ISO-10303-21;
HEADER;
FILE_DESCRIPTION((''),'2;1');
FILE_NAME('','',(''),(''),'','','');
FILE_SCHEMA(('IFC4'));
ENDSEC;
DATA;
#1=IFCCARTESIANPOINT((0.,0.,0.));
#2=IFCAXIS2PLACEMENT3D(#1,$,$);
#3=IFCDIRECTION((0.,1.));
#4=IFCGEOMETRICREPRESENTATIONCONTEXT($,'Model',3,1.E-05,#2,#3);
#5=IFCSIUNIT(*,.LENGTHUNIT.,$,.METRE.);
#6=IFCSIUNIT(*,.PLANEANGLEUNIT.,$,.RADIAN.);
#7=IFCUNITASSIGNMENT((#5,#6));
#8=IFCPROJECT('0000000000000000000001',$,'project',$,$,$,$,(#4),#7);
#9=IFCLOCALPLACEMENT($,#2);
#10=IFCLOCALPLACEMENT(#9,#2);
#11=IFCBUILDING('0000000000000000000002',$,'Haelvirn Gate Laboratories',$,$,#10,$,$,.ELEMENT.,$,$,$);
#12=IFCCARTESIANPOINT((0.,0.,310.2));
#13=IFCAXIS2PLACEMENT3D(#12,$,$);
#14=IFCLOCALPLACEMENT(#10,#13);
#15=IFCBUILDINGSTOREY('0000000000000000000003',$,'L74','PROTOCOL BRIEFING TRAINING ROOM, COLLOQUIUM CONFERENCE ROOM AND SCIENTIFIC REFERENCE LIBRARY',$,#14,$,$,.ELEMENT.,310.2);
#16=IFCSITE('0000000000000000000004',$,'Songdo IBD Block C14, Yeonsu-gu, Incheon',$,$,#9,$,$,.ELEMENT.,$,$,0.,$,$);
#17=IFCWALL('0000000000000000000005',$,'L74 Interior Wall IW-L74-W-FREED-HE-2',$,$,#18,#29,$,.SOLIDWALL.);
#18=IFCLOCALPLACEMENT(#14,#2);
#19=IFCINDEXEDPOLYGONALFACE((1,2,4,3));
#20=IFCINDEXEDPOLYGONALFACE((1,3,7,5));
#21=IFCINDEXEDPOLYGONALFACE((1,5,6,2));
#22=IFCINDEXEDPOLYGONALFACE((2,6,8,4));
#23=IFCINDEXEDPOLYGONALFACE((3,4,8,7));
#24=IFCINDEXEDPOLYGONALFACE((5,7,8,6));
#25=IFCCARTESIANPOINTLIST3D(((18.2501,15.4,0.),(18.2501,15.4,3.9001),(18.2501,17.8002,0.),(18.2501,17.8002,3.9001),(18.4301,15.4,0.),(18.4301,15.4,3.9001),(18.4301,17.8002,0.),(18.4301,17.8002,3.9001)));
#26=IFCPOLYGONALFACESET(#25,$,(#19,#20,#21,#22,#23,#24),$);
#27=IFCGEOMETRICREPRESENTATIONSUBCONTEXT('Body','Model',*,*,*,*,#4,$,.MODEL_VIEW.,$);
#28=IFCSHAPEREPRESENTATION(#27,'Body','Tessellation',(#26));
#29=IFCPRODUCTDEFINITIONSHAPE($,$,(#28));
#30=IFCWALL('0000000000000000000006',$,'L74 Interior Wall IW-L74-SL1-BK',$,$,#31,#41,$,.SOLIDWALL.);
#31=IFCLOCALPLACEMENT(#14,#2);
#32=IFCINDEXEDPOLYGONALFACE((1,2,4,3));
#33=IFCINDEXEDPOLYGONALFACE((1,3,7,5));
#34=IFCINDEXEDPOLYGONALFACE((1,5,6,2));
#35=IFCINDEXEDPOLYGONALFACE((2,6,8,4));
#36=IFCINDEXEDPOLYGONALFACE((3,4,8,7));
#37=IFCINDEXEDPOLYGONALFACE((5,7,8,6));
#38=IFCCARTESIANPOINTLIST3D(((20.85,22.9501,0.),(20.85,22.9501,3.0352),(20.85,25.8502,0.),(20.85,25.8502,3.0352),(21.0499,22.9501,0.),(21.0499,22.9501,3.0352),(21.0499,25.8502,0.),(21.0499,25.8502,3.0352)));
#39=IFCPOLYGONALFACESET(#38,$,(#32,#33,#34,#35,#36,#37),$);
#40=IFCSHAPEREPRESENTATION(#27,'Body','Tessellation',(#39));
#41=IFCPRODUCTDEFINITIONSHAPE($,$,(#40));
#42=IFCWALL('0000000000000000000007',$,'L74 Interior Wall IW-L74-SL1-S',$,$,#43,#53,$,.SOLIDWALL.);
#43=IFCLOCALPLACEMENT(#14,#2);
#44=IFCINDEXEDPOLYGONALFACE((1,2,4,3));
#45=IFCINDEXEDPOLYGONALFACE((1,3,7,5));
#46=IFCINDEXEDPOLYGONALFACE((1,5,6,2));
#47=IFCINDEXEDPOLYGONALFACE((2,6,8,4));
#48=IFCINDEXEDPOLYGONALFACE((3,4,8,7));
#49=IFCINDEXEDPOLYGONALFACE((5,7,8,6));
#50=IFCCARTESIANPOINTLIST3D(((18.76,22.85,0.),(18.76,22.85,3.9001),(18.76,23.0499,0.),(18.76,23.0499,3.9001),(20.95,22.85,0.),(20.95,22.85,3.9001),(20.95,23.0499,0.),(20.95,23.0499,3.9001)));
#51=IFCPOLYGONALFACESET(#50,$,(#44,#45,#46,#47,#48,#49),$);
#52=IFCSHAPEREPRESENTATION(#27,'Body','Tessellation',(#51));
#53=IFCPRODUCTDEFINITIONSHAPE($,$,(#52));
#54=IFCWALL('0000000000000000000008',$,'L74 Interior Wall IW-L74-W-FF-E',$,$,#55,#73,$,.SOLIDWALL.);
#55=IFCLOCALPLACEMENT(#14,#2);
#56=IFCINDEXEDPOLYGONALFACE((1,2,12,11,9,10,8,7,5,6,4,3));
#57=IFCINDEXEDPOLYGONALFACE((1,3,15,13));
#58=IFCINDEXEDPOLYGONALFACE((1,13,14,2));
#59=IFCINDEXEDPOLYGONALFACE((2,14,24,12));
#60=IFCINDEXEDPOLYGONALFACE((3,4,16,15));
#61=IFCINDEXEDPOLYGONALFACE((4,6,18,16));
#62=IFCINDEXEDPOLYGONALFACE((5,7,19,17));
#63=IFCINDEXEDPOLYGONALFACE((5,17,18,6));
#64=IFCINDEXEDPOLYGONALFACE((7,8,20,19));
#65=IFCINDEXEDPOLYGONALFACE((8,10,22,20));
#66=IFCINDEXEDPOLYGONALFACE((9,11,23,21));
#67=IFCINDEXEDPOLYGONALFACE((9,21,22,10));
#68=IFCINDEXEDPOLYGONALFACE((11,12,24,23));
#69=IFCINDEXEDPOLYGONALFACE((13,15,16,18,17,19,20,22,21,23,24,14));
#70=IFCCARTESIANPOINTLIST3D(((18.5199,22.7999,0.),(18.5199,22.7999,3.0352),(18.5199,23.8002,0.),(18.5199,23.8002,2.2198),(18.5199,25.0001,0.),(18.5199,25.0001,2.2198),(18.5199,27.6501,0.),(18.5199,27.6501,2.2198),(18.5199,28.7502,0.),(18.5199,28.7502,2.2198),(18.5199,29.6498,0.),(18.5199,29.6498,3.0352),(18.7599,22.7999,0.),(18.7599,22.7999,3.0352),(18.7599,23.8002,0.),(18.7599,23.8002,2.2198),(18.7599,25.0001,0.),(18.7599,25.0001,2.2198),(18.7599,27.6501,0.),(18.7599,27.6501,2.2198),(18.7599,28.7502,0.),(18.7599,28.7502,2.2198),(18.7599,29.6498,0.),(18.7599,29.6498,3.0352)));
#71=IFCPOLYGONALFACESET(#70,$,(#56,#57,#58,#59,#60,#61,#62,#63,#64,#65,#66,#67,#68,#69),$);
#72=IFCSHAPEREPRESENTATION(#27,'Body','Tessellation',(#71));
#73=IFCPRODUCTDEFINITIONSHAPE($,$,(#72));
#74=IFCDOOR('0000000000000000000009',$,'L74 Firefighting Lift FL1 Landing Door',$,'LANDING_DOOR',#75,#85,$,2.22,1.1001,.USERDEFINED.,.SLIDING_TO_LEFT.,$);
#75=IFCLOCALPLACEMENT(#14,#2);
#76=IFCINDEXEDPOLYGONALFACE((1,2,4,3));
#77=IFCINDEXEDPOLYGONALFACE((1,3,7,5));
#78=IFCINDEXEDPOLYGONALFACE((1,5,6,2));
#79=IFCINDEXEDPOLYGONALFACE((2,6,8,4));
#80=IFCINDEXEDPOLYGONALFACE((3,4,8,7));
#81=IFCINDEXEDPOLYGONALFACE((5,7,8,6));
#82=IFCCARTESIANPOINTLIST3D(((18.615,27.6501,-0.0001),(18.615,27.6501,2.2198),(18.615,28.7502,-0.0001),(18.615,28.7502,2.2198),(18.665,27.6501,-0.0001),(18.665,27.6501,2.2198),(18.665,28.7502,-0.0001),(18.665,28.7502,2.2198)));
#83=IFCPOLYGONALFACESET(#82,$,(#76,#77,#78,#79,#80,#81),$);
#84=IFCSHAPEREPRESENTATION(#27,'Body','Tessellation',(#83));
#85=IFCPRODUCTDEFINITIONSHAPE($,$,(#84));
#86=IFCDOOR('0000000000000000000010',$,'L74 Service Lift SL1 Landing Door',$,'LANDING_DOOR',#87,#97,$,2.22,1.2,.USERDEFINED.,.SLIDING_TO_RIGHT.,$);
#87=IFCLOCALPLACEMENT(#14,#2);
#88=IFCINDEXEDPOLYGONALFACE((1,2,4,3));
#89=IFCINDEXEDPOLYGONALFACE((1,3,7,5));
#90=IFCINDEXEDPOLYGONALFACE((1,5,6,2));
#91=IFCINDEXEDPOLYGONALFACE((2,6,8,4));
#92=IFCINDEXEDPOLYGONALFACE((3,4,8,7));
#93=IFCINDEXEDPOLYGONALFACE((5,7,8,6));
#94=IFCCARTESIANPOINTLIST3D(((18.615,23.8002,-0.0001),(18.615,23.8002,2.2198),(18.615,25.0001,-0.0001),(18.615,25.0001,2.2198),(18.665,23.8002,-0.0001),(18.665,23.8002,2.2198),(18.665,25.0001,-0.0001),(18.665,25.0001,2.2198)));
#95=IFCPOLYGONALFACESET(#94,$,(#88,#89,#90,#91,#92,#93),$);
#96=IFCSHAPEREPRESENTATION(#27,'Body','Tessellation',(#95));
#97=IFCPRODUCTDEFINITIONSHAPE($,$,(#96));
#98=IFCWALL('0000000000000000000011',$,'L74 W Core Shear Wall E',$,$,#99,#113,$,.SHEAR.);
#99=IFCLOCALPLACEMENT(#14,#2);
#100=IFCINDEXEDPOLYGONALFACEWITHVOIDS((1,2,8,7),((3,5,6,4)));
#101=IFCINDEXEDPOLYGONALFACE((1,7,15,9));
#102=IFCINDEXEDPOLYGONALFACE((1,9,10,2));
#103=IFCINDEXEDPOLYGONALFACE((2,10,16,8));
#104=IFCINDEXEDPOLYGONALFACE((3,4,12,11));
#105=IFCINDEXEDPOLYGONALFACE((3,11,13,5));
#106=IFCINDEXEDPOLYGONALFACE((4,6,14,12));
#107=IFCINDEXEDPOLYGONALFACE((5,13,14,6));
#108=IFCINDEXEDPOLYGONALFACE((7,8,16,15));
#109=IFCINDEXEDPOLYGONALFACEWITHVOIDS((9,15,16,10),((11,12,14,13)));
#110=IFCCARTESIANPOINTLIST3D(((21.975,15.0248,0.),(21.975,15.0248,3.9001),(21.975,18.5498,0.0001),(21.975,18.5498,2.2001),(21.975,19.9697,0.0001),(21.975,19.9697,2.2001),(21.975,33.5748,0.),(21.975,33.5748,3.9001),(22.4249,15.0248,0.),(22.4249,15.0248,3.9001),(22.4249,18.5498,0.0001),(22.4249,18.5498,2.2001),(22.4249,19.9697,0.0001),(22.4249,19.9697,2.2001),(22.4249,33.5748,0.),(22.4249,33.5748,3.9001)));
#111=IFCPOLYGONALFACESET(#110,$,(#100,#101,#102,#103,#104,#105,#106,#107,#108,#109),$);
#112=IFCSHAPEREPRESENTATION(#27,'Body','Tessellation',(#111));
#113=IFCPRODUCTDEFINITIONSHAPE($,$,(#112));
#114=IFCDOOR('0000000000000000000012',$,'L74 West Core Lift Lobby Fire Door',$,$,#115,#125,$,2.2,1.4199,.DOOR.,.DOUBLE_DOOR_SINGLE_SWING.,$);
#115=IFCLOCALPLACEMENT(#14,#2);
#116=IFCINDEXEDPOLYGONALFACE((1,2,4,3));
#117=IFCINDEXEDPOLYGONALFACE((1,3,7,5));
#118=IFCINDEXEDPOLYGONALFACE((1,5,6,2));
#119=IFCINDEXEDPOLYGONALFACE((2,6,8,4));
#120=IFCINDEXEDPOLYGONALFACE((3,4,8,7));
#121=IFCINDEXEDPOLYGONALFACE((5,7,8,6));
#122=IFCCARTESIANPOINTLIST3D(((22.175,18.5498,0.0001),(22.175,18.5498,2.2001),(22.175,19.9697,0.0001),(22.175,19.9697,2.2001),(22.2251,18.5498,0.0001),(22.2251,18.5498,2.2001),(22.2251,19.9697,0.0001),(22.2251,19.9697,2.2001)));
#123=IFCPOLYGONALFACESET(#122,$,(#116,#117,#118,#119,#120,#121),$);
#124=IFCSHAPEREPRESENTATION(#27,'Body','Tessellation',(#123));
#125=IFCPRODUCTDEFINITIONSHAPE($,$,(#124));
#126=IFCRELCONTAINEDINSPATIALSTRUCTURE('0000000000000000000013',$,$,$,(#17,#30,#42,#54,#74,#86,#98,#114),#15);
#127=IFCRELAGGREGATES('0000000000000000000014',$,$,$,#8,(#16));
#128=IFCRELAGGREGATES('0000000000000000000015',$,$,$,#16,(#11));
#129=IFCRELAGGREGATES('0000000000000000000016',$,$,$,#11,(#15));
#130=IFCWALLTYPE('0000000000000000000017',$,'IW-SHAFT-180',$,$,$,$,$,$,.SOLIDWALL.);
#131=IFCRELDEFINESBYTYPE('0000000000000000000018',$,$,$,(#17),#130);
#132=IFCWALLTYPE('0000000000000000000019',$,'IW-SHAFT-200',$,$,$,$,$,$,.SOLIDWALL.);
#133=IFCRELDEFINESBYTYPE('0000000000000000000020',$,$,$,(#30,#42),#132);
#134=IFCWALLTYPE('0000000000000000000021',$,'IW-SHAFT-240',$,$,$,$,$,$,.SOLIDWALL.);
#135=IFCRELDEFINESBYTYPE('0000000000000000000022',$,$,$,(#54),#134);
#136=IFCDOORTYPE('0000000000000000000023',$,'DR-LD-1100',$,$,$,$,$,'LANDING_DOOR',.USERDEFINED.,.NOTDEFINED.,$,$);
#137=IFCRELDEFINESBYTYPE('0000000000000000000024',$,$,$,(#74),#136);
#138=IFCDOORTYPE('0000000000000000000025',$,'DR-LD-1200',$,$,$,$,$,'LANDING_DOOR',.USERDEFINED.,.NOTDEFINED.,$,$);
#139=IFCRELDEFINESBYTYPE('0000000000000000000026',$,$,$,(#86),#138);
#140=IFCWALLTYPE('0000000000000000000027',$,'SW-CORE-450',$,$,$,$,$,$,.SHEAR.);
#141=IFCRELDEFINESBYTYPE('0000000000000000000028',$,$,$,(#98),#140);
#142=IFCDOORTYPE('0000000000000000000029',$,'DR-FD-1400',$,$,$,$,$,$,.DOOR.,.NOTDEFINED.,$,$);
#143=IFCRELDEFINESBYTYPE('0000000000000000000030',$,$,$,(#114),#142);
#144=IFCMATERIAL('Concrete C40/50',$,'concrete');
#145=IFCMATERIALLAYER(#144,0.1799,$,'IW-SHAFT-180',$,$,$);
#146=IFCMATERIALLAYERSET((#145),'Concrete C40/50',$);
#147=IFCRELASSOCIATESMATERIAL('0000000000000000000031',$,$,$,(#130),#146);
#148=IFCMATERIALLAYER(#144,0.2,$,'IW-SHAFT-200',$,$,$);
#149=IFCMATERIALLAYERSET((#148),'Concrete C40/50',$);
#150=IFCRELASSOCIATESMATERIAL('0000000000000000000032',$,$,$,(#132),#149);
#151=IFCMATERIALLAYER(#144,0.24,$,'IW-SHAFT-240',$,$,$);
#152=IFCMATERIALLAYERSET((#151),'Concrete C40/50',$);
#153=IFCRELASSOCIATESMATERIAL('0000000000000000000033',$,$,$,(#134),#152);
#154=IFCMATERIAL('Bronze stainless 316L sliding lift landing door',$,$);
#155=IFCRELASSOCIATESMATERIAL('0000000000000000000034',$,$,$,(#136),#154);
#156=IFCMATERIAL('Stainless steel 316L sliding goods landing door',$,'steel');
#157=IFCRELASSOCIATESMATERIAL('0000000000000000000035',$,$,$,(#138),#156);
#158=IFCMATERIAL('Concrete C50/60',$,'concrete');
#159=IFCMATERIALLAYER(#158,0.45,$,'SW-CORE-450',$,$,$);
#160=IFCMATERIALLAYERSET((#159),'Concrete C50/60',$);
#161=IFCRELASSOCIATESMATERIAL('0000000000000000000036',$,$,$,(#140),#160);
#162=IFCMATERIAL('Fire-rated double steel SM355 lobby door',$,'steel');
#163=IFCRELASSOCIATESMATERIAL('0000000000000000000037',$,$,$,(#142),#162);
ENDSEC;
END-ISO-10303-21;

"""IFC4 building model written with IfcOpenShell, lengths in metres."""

from ifc_helpers import new_model, si_unit, direction, frame, frame_2d, origin, place, context, subcontext, project, spatial, rectangle, extrude, source, transform, mapped, material, layer, layer_set, type_object, type_shapes, element, fill, save


model = new_model("IFC4")

# Units and contexts
model_context = context("Model", 3, precision=1e-05, world=origin(), true_north=direction((0.0, 1.0)))
body_context = subcontext(model_context, "Body", "Model", "MODEL_VIEW")
ifc_project = project(units=[si_unit("LENGTHUNIT", "METRE"), si_unit("PLANEANGLEUNIT", "RADIAN")], contexts=[model_context])

# Site, building, storey
site_placement = place(None, origin())
site = spatial("IfcSite", under=ifc_project, at=site_placement, Name="Songdo IBD Block C14, Yeonsu-gu, Incheon", CompositionType="ELEMENT", RefElevation=0.0)
building_placement = place(site_placement, origin())
building = spatial("IfcBuilding", under=site, at=building_placement, Name="Haelvirn Gate Laboratories", CompositionType="ELEMENT")
storey_placement = place(building_placement, frame((0.0, 0.0, 310.2)))
storey = spatial("IfcBuildingStorey", under=building, at=storey_placement, Name="L74", Description="PROTOCOL BRIEFING TRAINING ROOM, COLLOQUIUM CONFERENCE ROOM AND SCIENTIFIC REFERENCE LIBRARY", CompositionType="ELEMENT", Elevation=310.2)

# Shared definitions
ifc_material_1 = material(Name="Concrete C50/60", Category="concrete")

# Walls
ifc_material_2 = material(Name="Concrete C40/50", Category="concrete")
ifc_layer_1 = layer(ifc_material_2, 0.1799, Name="IW-SHAFT-180")
ifc_layer_set_1 = layer_set([ifc_layer_1], Name="Concrete C40/50")
wall_type_1 = type_object("IfcWallType", Name="IW-SHAFT-180", PredefinedType="SOLIDWALL", material=ifc_layer_set_1)
wall_1_placement = place(storey_placement, frame((18.3401, 15.3999, 0.0), z_axis=(0.0, 0.0, 1.0), x_axis=(0.0, 1.0, 0.0)))
element("IfcWall", 1, at=wall_1_placement, inside=storey, type_object=wall_type_1, Name="L74 Interior Wall IW-L74-W-FREED-HE-2", PredefinedType="SOLIDWALL", context=body_context, shape_type="SweptSolid", body=[
    extrude(rectangle(XDim=2.4001, YDim=0.1799, at=frame_2d((1.2002, 0.0))), origin(), (0.0, 0.0, 1.0), 3.9001),
])
ifc_layer_2 = layer(ifc_material_2, 0.2, Name="IW-SHAFT-200")
ifc_layer_set_2 = layer_set([ifc_layer_2], Name="Concrete C40/50")
wall_type_2 = type_object("IfcWallType", Name="IW-SHAFT-200", PredefinedType="SOLIDWALL", material=ifc_layer_set_2)
wall_2_placement = place(storey_placement, frame((20.95, 22.95, 0.0), z_axis=(0.0, 0.0, 1.0), x_axis=(0.0, 1.0, 0.0)))
element("IfcWall", 2, at=wall_2_placement, inside=storey, type_object=wall_type_2, Name="L74 Interior Wall IW-L74-SL1-BK", PredefinedType="SOLIDWALL", context=body_context, shape_type="SweptSolid", body=[
    extrude(rectangle(XDim=2.9001, YDim=0.2, at=frame_2d((1.4502, 0.0))), origin(), (0.0, 0.0, 1.0), 3.0352),
])
wall_3_placement = place(storey_placement, frame((18.76, 22.95, 0.0), z_axis=(0.0, 0.0, 1.0), x_axis=(1.0, 0.0, 0.0)))
element("IfcWall", 3, at=wall_3_placement, inside=storey, type_object=wall_type_2, Name="L74 Interior Wall IW-L74-SL1-S", PredefinedType="SOLIDWALL", context=body_context, shape_type="SweptSolid", body=[
    extrude(rectangle(XDim=2.1899, YDim=0.2, at=frame_2d((1.095, 0.0))), origin(), (0.0, 0.0, 1.0), 3.9001),
])

# Wall, openings, doors
ifc_layer_3 = layer(ifc_material_2, 0.24, Name="IW-SHAFT-240")
ifc_layer_set_3 = layer_set([ifc_layer_3], Name="Concrete C40/50")
wall_type_3 = type_object("IfcWallType", Name="IW-SHAFT-240", PredefinedType="SOLIDWALL", material=ifc_layer_set_3)
wall_4_placement = place(storey_placement, frame((18.6399, 22.8, 0.0), z_axis=(0.0, 0.0, 1.0), x_axis=(0.0, 1.0, 0.0)))
wall_4 = element("IfcWall", 4, at=wall_4_placement, inside=storey, type_object=wall_type_3, Name="L74 Interior Wall IW-L74-W-FF-E", PredefinedType="SOLIDWALL", context=body_context, shape_type="SweptSolid", body=[
    extrude(rectangle(XDim=6.8499, YDim=0.24, at=frame_2d((3.4248, 0.0))), origin(), (0.0, 0.0, 1.0), 3.0352),
])
opening_1_placement = place(wall_4_placement, frame((4.8501, 0.0, 0.0)))
opening_1 = element("IfcOpeningElement", 5, at=opening_1_placement, cuts=wall_4, PredefinedType="OPENING", context=body_context, shape_type="SweptSolid", body=[
    extrude(rectangle(XDim=1.1001, YDim=2.22, at=frame_2d((0.55, 1.1099))), frame((0.0, 0.1299, 0.0), z_axis=(0.0, -1.0, 0.0), x_axis=(1.0, 0.0, 0.0)), (0.0, 0.0, 1.0), 0.26),
])
opening_2_placement = place(wall_4_placement, frame((1.0, 0.0, 0.0)))
opening_2 = element("IfcOpeningElement", 6, at=opening_2_placement, cuts=wall_4, PredefinedType="OPENING", context=body_context, shape_type="SweptSolid", body=[
    extrude(rectangle(XDim=1.2, YDim=2.22, at=frame_2d((0.6001, 1.1099))), frame((0.0, 0.1299, 0.0), z_axis=(0.0, -1.0, 0.0), x_axis=(1.0, 0.0, 0.0)), (0.0, 0.0, 1.0), 0.26),
])
ifc_material_3 = material(Name="Bronze stainless 316L sliding lift landing door")
door_type_1 = type_object("IfcDoorType", Name="DR-LD-1100", ElementType="LANDING_DOOR", OperationType="NOTDEFINED", PredefinedType="USERDEFINED", material=ifc_material_3)
shared_shape_1 = source(origin(), body_context, "Body", "SweptSolid", [
    extrude(rectangle(XDim=1.1001, YDim=2.22, at=frame_2d((0.55, 1.1099))), frame((0.0, 0.0249, 0.0), z_axis=(0.0, -1.0, 0.0), x_axis=(1.0, 0.0, 0.0)), (0.0, 0.0, 1.0), 0.05),
])
type_shapes(door_type_1, [shared_shape_1])
door_1_placement = place(opening_1_placement, origin())
door_1 = element("IfcDoor", 7, at=door_1_placement, inside=storey, type_object=door_type_1, Name="L74 Firefighting Lift FL1 Landing Door", ObjectType="LANDING_DOOR", OperationType="SLIDING_TO_LEFT", OverallHeight=2.22, OverallWidth=1.1001, PredefinedType="USERDEFINED", context=body_context, shape_type="MappedRepresentation", body=[
    mapped(shared_shape_1, transform((0.0, 0.0, 0.0), scale=1.0)),
])
fill(opening_1, door_1)
ifc_material_4 = material(Name="Stainless steel 316L sliding goods landing door", Category="steel")
door_type_2 = type_object("IfcDoorType", Name="DR-LD-1200", ElementType="LANDING_DOOR", OperationType="NOTDEFINED", PredefinedType="USERDEFINED", material=ifc_material_4)
shared_shape_2 = source(origin(), body_context, "Body", "SweptSolid", [
    extrude(rectangle(XDim=1.2, YDim=2.22, at=frame_2d((0.6001, 1.1099))), frame((0.0, 0.0249, 0.0), z_axis=(0.0, -1.0, 0.0), x_axis=(1.0, 0.0, 0.0)), (0.0, 0.0, 1.0), 0.05),
])
type_shapes(door_type_2, [shared_shape_2])
door_2_placement = place(opening_2_placement, origin())
door_2 = element("IfcDoor", 8, at=door_2_placement, inside=storey, type_object=door_type_2, Name="L74 Service Lift SL1 Landing Door", ObjectType="LANDING_DOOR", OperationType="SLIDING_TO_RIGHT", OverallHeight=2.22, OverallWidth=1.2, PredefinedType="USERDEFINED", context=body_context, shape_type="MappedRepresentation", body=[
    mapped(shared_shape_2, transform((0.0, 0.0, 0.0), scale=1.0)),
])
fill(opening_2, door_2)

# Wall, opening, door
ifc_layer_4 = layer(ifc_material_1, 0.45, Name="SW-CORE-450")
ifc_layer_set_4 = layer_set([ifc_layer_4], Name="Concrete C50/60")
wall_type_4 = type_object("IfcWallType", Name="SW-CORE-450", PredefinedType="SHEAR", material=ifc_layer_set_4)
wall_5_placement = place(storey_placement, frame((22.2, 15.0249, 0.0), z_axis=(0.0, 0.0, 1.0), x_axis=(0.0, 1.0, 0.0)))
wall_5 = element("IfcWall", 9, at=wall_5_placement, inside=storey, type_object=wall_type_4, Name="L74 W Core Shear Wall E", PredefinedType="SHEAR", context=body_context, shape_type="SweptSolid", body=[
    extrude(rectangle(XDim=18.55, YDim=0.45, at=frame_2d((9.2749, 0.0))), origin(), (0.0, 0.0, 1.0), 3.9001),
])
opening_3_placement = place(wall_5_placement, frame((3.5249, 0.0, 0.0)))
opening_3 = element("IfcOpeningElement", 10, at=opening_3_placement, cuts=wall_5, PredefinedType="OPENING", context=body_context, shape_type="SweptSolid", body=[
    extrude(rectangle(XDim=1.4199, YDim=2.2, at=frame_2d((0.71, 1.1001))), frame((0.0, 0.2349, 0.0), z_axis=(0.0, -1.0, 0.0), x_axis=(1.0, 0.0, 0.0)), (0.0, 0.0, 1.0), 0.47),
])
ifc_material_5 = material(Name="Fire-rated double steel SM355 lobby door", Category="steel")
door_type_3 = type_object("IfcDoorType", Name="DR-FD-1400", OperationType="NOTDEFINED", PredefinedType="DOOR", material=ifc_material_5)
shared_shape_3 = source(origin(), body_context, "Body", "SweptSolid", [
    extrude(rectangle(XDim=1.4199, YDim=2.2, at=frame_2d((0.71, 1.1001))), frame((0.0, 0.0249, 0.0), z_axis=(0.0, -1.0, 0.0), x_axis=(1.0, 0.0, 0.0)), (0.0, 0.0, 1.0), 0.05),
])
type_shapes(door_type_3, [shared_shape_3])
door_3_placement = place(opening_3_placement, origin())
door_3 = element("IfcDoor", 11, at=door_3_placement, inside=storey, type_object=door_type_3, Name="L74 West Core Lift Lobby Fire Door", OperationType="DOUBLE_DOOR_SINGLE_SWING", OverallHeight=2.2, OverallWidth=1.4199, PredefinedType="DOOR", context=body_context, shape_type="MappedRepresentation", body=[
    mapped(shared_shape_3, transform((0.0, 0.0, 0.0), scale=1.0)),
])
fill(opening_3, door_3)

save(model, "model.ifc")
